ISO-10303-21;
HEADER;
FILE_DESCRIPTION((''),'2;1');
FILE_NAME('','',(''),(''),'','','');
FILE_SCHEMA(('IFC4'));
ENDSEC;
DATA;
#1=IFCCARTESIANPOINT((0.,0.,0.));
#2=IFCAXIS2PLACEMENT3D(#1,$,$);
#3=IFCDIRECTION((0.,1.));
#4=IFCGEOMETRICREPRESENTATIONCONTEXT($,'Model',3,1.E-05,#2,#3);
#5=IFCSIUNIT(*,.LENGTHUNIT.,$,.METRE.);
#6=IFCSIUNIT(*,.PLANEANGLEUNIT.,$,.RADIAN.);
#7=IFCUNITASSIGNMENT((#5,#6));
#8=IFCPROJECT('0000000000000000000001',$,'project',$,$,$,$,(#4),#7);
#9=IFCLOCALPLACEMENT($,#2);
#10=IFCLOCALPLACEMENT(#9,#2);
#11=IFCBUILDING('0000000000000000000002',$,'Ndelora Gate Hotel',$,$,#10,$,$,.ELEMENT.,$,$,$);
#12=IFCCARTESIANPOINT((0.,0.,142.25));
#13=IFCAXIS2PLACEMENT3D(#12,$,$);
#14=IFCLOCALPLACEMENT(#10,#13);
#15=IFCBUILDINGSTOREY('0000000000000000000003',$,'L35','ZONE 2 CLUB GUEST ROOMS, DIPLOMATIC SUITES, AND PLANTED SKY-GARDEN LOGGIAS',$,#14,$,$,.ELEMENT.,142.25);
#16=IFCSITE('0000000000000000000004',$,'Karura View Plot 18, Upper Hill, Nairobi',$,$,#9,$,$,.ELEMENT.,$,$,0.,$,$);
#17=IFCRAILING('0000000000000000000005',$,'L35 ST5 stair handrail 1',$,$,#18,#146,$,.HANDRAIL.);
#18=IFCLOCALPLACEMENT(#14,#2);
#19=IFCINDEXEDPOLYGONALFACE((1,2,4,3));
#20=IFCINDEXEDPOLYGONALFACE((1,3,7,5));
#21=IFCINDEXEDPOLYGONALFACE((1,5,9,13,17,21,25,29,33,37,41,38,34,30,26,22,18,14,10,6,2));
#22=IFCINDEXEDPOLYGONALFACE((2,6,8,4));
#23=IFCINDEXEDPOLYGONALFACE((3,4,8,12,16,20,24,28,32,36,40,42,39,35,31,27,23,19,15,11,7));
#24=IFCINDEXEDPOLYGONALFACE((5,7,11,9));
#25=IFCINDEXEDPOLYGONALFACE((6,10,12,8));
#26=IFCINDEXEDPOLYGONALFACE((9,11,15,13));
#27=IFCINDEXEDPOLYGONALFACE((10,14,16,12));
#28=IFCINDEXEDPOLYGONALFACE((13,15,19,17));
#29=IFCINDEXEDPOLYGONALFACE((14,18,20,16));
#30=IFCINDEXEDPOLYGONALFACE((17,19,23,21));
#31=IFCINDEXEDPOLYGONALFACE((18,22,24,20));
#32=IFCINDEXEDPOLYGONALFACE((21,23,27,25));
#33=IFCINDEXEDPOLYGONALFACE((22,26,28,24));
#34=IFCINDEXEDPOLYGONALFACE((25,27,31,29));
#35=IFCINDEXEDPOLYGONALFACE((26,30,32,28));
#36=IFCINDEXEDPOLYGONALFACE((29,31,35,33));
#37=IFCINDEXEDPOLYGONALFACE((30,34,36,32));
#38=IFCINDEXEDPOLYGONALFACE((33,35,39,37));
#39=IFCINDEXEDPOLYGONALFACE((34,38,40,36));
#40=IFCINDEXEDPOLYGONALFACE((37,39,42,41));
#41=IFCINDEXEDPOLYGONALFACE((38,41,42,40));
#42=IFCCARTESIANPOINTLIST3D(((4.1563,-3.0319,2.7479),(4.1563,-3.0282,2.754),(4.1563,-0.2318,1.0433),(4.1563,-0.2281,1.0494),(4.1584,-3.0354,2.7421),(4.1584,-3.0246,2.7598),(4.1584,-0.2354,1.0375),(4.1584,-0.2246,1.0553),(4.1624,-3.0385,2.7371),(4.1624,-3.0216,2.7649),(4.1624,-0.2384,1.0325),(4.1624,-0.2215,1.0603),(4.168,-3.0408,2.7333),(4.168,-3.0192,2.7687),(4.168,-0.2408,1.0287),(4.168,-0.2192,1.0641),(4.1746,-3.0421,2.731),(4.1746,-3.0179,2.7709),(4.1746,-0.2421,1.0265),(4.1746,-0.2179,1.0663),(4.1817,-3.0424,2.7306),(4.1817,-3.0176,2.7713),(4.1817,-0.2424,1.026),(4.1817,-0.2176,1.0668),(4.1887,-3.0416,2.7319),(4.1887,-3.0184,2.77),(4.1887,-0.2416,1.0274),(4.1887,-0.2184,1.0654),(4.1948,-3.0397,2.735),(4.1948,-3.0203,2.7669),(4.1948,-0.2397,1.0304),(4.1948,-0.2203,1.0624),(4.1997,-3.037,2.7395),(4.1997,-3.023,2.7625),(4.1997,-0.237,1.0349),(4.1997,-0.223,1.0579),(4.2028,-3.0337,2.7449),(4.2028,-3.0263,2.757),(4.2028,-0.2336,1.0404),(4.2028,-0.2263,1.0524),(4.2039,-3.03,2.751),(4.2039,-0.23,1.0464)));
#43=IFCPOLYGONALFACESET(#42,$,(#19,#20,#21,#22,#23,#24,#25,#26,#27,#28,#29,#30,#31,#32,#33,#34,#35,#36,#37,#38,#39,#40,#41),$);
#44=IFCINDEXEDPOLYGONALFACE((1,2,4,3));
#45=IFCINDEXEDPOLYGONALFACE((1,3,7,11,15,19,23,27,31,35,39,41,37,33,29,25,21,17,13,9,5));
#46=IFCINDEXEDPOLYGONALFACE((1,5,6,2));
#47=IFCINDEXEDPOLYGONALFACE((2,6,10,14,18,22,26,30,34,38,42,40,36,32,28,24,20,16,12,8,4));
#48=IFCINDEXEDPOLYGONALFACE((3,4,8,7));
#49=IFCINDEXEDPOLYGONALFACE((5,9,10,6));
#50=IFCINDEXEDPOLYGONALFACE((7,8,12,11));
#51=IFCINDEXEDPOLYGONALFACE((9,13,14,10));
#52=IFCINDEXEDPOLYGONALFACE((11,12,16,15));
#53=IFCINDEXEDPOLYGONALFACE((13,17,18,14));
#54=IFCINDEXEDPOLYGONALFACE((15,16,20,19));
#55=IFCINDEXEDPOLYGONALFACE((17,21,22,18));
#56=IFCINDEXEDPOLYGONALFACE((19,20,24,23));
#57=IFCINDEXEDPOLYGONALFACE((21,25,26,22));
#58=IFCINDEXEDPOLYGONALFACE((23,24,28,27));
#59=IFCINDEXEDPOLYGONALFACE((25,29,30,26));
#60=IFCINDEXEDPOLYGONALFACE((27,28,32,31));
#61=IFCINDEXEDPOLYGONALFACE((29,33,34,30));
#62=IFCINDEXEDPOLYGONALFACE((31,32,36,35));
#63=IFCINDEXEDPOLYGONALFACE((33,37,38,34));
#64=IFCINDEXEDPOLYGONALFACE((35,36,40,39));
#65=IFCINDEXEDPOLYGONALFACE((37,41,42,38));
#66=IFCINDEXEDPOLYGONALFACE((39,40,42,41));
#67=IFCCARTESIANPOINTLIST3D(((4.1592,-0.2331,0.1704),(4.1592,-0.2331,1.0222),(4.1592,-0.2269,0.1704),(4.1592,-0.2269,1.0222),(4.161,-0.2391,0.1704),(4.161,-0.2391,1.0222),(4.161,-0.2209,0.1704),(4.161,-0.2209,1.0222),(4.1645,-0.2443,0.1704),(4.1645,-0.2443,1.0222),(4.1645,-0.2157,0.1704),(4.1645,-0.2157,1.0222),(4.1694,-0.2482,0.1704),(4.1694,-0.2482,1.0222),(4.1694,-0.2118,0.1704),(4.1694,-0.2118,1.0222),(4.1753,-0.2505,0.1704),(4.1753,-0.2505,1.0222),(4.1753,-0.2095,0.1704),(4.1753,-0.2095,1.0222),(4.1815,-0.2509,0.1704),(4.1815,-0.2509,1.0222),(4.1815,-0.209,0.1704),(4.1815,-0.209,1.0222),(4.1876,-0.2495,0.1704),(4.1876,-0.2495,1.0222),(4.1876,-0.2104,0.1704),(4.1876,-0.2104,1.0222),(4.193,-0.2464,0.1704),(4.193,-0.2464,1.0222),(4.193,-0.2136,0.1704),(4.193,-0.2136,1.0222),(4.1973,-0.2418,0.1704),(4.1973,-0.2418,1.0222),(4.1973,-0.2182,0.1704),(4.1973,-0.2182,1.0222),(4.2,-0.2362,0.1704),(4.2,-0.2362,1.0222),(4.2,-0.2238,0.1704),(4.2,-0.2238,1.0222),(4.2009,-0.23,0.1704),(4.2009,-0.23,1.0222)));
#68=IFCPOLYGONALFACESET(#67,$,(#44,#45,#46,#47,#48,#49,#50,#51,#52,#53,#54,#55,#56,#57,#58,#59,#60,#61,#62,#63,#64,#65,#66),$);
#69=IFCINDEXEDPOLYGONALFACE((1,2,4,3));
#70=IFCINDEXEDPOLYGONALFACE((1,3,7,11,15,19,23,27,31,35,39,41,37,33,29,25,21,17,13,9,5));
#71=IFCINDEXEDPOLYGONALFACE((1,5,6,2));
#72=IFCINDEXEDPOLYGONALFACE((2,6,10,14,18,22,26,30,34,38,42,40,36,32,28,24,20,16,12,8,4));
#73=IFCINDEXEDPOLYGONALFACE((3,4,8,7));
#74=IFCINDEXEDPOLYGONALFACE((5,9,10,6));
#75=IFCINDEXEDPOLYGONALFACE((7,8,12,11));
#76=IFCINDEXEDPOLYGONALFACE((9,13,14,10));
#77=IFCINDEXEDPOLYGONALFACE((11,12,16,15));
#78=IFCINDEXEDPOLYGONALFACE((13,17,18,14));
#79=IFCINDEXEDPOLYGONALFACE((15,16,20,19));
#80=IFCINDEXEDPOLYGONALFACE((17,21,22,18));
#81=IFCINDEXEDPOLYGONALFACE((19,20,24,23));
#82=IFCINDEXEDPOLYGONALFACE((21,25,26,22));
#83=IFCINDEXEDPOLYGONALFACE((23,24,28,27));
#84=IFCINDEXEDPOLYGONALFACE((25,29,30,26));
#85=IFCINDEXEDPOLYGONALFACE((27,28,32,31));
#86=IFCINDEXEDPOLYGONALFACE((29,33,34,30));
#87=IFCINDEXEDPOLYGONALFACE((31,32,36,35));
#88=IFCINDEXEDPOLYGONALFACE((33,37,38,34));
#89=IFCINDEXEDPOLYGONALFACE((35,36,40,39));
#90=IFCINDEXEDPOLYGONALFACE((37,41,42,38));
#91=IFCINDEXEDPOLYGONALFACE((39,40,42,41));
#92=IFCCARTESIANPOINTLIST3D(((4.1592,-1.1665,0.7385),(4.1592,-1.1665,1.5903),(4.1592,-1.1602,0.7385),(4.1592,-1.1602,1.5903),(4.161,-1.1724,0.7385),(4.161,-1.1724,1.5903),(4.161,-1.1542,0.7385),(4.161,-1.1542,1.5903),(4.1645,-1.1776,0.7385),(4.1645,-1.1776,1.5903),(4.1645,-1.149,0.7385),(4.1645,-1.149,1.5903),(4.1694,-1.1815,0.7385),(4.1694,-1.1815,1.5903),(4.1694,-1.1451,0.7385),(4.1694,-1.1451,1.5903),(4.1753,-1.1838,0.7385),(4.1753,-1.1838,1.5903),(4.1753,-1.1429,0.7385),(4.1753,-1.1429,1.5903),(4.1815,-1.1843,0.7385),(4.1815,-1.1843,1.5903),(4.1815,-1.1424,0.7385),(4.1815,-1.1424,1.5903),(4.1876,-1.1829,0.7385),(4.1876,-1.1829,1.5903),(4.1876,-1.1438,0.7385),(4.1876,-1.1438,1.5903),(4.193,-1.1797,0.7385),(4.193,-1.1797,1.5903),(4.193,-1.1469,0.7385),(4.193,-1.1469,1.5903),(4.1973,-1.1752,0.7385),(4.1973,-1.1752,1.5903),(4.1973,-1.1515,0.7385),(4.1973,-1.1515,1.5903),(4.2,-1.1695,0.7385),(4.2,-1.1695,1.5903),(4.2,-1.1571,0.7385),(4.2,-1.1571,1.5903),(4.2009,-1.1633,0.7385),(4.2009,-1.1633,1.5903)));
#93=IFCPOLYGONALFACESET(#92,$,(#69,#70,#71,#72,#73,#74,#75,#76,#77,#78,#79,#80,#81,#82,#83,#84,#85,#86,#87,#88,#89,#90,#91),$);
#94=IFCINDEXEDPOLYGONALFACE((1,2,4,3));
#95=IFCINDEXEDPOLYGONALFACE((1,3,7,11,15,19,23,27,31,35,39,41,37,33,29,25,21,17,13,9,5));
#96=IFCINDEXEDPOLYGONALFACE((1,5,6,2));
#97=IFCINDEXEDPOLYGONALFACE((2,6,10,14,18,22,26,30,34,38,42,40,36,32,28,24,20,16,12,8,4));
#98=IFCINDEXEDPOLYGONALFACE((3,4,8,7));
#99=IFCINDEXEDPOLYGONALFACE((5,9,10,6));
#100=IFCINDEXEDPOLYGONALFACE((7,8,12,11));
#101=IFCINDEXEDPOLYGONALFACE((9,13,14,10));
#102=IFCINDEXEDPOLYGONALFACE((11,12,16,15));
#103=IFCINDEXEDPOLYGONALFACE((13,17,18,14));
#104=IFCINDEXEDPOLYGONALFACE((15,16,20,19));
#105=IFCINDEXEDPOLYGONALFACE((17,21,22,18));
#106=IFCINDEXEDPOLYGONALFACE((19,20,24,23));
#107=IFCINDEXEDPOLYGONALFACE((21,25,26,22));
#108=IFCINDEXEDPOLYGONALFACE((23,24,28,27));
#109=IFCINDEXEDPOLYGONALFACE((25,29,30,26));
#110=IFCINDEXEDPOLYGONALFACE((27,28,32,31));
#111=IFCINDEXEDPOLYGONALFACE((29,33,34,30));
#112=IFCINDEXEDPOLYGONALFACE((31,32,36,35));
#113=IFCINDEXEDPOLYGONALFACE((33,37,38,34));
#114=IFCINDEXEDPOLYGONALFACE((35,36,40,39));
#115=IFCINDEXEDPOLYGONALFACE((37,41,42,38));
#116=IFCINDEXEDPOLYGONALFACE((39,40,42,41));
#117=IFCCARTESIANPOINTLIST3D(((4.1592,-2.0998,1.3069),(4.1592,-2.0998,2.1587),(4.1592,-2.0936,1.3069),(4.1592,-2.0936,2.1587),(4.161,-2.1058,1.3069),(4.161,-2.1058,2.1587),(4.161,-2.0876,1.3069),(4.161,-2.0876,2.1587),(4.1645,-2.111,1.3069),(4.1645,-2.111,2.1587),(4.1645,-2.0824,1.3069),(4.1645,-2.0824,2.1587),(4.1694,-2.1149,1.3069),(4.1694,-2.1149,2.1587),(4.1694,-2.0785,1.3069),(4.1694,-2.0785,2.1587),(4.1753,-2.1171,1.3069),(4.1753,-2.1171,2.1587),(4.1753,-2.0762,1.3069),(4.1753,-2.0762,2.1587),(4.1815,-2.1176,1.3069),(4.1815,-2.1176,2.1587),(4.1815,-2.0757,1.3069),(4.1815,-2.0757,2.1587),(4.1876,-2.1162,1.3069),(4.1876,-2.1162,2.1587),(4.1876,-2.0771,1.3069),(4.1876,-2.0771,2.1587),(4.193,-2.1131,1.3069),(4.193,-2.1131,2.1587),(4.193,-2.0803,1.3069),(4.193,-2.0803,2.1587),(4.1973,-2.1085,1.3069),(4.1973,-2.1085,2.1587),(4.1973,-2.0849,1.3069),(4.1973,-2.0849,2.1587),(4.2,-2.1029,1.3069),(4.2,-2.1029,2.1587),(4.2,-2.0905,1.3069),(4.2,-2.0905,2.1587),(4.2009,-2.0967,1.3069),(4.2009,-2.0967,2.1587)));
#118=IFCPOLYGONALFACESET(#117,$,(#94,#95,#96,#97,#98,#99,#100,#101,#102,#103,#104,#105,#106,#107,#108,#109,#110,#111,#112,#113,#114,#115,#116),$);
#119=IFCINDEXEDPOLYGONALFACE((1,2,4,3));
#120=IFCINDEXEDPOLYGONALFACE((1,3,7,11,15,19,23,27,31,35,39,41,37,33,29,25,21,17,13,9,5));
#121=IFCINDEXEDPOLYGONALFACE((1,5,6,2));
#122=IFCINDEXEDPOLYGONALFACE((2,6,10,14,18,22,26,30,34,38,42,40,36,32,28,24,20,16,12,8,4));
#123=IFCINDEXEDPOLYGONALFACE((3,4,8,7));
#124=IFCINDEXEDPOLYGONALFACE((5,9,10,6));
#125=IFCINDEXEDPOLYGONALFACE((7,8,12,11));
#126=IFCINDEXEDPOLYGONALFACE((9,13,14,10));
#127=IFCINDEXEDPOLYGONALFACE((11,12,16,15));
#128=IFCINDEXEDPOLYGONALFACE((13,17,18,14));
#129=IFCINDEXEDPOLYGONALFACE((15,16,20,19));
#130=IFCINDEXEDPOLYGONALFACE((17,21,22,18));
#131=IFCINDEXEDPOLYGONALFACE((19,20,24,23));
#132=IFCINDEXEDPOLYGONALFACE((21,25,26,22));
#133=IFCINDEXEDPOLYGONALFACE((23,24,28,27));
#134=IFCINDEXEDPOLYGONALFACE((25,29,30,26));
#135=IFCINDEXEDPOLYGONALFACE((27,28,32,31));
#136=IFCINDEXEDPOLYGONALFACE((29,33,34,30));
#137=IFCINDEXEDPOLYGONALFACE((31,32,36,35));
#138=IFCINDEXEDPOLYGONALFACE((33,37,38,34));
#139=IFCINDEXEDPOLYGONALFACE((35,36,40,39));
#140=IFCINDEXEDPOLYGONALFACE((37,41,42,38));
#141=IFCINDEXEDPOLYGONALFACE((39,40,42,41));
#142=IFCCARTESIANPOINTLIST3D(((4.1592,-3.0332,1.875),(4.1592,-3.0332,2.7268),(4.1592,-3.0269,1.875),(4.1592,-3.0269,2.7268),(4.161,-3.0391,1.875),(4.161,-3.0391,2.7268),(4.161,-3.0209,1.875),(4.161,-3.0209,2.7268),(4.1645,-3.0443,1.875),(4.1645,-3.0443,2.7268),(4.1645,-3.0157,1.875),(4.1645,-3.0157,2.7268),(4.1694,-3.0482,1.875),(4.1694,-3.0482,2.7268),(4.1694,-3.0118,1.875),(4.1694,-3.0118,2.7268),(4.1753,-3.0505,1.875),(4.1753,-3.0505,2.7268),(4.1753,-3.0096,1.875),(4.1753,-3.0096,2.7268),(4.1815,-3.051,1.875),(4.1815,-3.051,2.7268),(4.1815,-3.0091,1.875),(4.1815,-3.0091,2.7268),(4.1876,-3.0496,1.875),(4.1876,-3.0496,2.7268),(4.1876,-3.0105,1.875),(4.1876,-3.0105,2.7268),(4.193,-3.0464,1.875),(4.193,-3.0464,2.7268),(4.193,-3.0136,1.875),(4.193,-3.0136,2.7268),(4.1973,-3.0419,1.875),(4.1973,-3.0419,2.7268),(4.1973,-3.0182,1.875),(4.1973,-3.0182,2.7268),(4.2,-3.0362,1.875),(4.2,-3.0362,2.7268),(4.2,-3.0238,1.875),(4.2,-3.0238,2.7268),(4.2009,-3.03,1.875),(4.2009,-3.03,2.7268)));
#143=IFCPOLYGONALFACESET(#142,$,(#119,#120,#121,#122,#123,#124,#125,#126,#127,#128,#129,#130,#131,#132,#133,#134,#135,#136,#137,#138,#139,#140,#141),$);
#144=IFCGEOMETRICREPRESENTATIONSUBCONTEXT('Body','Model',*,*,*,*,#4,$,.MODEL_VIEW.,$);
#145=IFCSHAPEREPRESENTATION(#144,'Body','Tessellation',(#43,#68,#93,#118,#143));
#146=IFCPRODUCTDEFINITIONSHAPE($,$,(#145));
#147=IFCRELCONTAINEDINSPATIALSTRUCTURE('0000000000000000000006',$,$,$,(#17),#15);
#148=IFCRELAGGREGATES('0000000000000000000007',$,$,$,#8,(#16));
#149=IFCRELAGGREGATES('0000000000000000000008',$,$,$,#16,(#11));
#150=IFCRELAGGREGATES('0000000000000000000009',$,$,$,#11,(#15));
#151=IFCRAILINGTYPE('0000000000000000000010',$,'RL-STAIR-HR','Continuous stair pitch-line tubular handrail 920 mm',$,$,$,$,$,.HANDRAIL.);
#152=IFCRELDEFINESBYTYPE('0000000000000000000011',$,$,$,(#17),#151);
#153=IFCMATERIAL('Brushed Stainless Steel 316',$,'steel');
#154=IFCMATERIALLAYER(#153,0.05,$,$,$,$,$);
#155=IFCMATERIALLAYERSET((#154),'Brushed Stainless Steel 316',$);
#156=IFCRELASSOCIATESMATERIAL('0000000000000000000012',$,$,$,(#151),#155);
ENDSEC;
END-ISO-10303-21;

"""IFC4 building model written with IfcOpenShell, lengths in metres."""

from ifc_helpers import new_model, si_unit, direction, frame, origin, origin_2d, place, context, subcontext, project, spatial, circle, extrude, material, layer, layer_set, type_object, element, save


model = new_model("IFC4")

# Units and contexts
model_context = context("Model", 3, precision=1e-05, world=origin(), true_north=direction((0.0, 1.0)))
body_context = subcontext(model_context, "Body", "Model", "MODEL_VIEW")
ifc_project = project(units=[si_unit("LENGTHUNIT", "METRE"), si_unit("PLANEANGLEUNIT", "RADIAN")], contexts=[model_context])

# Site, building, storey
site_placement = place(None, origin())
site = spatial("IfcSite", under=ifc_project, at=site_placement, Name="Karura View Plot 18, Upper Hill, Nairobi", CompositionType="ELEMENT", RefElevation=0.0)
building_placement = place(site_placement, origin())
building = spatial("IfcBuilding", under=site, at=building_placement, Name="Ndelora Gate Hotel", CompositionType="ELEMENT")
storey_placement = place(building_placement, frame((0.0, 0.0, 142.25)))
storey = spatial("IfcBuildingStorey", under=building, at=storey_placement, Name="L35", Description="ZONE 2 CLUB GUEST ROOMS, DIPLOMATIC SUITES, AND PLANTED SKY-GARDEN LOGGIAS", CompositionType="ELEMENT", Elevation=142.25)

# Railing
ifc_material_1 = material(Name="Brushed Stainless Steel 316", Category="steel")
ifc_layer_1 = layer(ifc_material_1, 0.05)
ifc_layer_set_1 = layer_set([ifc_layer_1], Name="Brushed Stainless Steel 316")
railing_type_1 = type_object("IfcRailingType", Name="RL-STAIR-HR", Description="Continuous stair pitch-line tubular handrail 920 mm", PredefinedType="HANDRAIL", material=ifc_layer_set_1)
railing_1_placement = place(storey_placement, frame((4.1799, -0.23, 0.1704)))
element("IfcRailing", 1, at=railing_1_placement, inside=storey, type_object=railing_type_1, Name="L35 ST5 stair handrail 1", PredefinedType="HANDRAIL", context=body_context, shape_type="SweptSolid", body=[
    extrude(circle(Radius=0.0239, at=origin_2d()), frame((0.0, 0.0, 0.876), z_axis=(0.0, -0.85417, 0.519994), x_axis=(1.0, 0.0, 0.0)), (0.0, 0.0, 1.0), 3.2781),
    extrude(circle(Radius=0.021, at=origin_2d()), origin(), (0.0, 0.0, 1.0), 0.8518),
    extrude(circle(Radius=0.021, at=origin_2d()), frame((0.0, -0.9333, 0.5681)), (0.0, 0.0, 1.0), 0.8518),
    extrude(circle(Radius=0.021, at=origin_2d()), frame((0.0, -1.8667, 1.1365)), (0.0, 0.0, 1.0), 0.8518),
    extrude(circle(Radius=0.021, at=origin_2d()), frame((0.0, -2.8, 1.7046)), (0.0, 0.0, 1.0), 0.8518),
])

save(model, "model.ifc")
